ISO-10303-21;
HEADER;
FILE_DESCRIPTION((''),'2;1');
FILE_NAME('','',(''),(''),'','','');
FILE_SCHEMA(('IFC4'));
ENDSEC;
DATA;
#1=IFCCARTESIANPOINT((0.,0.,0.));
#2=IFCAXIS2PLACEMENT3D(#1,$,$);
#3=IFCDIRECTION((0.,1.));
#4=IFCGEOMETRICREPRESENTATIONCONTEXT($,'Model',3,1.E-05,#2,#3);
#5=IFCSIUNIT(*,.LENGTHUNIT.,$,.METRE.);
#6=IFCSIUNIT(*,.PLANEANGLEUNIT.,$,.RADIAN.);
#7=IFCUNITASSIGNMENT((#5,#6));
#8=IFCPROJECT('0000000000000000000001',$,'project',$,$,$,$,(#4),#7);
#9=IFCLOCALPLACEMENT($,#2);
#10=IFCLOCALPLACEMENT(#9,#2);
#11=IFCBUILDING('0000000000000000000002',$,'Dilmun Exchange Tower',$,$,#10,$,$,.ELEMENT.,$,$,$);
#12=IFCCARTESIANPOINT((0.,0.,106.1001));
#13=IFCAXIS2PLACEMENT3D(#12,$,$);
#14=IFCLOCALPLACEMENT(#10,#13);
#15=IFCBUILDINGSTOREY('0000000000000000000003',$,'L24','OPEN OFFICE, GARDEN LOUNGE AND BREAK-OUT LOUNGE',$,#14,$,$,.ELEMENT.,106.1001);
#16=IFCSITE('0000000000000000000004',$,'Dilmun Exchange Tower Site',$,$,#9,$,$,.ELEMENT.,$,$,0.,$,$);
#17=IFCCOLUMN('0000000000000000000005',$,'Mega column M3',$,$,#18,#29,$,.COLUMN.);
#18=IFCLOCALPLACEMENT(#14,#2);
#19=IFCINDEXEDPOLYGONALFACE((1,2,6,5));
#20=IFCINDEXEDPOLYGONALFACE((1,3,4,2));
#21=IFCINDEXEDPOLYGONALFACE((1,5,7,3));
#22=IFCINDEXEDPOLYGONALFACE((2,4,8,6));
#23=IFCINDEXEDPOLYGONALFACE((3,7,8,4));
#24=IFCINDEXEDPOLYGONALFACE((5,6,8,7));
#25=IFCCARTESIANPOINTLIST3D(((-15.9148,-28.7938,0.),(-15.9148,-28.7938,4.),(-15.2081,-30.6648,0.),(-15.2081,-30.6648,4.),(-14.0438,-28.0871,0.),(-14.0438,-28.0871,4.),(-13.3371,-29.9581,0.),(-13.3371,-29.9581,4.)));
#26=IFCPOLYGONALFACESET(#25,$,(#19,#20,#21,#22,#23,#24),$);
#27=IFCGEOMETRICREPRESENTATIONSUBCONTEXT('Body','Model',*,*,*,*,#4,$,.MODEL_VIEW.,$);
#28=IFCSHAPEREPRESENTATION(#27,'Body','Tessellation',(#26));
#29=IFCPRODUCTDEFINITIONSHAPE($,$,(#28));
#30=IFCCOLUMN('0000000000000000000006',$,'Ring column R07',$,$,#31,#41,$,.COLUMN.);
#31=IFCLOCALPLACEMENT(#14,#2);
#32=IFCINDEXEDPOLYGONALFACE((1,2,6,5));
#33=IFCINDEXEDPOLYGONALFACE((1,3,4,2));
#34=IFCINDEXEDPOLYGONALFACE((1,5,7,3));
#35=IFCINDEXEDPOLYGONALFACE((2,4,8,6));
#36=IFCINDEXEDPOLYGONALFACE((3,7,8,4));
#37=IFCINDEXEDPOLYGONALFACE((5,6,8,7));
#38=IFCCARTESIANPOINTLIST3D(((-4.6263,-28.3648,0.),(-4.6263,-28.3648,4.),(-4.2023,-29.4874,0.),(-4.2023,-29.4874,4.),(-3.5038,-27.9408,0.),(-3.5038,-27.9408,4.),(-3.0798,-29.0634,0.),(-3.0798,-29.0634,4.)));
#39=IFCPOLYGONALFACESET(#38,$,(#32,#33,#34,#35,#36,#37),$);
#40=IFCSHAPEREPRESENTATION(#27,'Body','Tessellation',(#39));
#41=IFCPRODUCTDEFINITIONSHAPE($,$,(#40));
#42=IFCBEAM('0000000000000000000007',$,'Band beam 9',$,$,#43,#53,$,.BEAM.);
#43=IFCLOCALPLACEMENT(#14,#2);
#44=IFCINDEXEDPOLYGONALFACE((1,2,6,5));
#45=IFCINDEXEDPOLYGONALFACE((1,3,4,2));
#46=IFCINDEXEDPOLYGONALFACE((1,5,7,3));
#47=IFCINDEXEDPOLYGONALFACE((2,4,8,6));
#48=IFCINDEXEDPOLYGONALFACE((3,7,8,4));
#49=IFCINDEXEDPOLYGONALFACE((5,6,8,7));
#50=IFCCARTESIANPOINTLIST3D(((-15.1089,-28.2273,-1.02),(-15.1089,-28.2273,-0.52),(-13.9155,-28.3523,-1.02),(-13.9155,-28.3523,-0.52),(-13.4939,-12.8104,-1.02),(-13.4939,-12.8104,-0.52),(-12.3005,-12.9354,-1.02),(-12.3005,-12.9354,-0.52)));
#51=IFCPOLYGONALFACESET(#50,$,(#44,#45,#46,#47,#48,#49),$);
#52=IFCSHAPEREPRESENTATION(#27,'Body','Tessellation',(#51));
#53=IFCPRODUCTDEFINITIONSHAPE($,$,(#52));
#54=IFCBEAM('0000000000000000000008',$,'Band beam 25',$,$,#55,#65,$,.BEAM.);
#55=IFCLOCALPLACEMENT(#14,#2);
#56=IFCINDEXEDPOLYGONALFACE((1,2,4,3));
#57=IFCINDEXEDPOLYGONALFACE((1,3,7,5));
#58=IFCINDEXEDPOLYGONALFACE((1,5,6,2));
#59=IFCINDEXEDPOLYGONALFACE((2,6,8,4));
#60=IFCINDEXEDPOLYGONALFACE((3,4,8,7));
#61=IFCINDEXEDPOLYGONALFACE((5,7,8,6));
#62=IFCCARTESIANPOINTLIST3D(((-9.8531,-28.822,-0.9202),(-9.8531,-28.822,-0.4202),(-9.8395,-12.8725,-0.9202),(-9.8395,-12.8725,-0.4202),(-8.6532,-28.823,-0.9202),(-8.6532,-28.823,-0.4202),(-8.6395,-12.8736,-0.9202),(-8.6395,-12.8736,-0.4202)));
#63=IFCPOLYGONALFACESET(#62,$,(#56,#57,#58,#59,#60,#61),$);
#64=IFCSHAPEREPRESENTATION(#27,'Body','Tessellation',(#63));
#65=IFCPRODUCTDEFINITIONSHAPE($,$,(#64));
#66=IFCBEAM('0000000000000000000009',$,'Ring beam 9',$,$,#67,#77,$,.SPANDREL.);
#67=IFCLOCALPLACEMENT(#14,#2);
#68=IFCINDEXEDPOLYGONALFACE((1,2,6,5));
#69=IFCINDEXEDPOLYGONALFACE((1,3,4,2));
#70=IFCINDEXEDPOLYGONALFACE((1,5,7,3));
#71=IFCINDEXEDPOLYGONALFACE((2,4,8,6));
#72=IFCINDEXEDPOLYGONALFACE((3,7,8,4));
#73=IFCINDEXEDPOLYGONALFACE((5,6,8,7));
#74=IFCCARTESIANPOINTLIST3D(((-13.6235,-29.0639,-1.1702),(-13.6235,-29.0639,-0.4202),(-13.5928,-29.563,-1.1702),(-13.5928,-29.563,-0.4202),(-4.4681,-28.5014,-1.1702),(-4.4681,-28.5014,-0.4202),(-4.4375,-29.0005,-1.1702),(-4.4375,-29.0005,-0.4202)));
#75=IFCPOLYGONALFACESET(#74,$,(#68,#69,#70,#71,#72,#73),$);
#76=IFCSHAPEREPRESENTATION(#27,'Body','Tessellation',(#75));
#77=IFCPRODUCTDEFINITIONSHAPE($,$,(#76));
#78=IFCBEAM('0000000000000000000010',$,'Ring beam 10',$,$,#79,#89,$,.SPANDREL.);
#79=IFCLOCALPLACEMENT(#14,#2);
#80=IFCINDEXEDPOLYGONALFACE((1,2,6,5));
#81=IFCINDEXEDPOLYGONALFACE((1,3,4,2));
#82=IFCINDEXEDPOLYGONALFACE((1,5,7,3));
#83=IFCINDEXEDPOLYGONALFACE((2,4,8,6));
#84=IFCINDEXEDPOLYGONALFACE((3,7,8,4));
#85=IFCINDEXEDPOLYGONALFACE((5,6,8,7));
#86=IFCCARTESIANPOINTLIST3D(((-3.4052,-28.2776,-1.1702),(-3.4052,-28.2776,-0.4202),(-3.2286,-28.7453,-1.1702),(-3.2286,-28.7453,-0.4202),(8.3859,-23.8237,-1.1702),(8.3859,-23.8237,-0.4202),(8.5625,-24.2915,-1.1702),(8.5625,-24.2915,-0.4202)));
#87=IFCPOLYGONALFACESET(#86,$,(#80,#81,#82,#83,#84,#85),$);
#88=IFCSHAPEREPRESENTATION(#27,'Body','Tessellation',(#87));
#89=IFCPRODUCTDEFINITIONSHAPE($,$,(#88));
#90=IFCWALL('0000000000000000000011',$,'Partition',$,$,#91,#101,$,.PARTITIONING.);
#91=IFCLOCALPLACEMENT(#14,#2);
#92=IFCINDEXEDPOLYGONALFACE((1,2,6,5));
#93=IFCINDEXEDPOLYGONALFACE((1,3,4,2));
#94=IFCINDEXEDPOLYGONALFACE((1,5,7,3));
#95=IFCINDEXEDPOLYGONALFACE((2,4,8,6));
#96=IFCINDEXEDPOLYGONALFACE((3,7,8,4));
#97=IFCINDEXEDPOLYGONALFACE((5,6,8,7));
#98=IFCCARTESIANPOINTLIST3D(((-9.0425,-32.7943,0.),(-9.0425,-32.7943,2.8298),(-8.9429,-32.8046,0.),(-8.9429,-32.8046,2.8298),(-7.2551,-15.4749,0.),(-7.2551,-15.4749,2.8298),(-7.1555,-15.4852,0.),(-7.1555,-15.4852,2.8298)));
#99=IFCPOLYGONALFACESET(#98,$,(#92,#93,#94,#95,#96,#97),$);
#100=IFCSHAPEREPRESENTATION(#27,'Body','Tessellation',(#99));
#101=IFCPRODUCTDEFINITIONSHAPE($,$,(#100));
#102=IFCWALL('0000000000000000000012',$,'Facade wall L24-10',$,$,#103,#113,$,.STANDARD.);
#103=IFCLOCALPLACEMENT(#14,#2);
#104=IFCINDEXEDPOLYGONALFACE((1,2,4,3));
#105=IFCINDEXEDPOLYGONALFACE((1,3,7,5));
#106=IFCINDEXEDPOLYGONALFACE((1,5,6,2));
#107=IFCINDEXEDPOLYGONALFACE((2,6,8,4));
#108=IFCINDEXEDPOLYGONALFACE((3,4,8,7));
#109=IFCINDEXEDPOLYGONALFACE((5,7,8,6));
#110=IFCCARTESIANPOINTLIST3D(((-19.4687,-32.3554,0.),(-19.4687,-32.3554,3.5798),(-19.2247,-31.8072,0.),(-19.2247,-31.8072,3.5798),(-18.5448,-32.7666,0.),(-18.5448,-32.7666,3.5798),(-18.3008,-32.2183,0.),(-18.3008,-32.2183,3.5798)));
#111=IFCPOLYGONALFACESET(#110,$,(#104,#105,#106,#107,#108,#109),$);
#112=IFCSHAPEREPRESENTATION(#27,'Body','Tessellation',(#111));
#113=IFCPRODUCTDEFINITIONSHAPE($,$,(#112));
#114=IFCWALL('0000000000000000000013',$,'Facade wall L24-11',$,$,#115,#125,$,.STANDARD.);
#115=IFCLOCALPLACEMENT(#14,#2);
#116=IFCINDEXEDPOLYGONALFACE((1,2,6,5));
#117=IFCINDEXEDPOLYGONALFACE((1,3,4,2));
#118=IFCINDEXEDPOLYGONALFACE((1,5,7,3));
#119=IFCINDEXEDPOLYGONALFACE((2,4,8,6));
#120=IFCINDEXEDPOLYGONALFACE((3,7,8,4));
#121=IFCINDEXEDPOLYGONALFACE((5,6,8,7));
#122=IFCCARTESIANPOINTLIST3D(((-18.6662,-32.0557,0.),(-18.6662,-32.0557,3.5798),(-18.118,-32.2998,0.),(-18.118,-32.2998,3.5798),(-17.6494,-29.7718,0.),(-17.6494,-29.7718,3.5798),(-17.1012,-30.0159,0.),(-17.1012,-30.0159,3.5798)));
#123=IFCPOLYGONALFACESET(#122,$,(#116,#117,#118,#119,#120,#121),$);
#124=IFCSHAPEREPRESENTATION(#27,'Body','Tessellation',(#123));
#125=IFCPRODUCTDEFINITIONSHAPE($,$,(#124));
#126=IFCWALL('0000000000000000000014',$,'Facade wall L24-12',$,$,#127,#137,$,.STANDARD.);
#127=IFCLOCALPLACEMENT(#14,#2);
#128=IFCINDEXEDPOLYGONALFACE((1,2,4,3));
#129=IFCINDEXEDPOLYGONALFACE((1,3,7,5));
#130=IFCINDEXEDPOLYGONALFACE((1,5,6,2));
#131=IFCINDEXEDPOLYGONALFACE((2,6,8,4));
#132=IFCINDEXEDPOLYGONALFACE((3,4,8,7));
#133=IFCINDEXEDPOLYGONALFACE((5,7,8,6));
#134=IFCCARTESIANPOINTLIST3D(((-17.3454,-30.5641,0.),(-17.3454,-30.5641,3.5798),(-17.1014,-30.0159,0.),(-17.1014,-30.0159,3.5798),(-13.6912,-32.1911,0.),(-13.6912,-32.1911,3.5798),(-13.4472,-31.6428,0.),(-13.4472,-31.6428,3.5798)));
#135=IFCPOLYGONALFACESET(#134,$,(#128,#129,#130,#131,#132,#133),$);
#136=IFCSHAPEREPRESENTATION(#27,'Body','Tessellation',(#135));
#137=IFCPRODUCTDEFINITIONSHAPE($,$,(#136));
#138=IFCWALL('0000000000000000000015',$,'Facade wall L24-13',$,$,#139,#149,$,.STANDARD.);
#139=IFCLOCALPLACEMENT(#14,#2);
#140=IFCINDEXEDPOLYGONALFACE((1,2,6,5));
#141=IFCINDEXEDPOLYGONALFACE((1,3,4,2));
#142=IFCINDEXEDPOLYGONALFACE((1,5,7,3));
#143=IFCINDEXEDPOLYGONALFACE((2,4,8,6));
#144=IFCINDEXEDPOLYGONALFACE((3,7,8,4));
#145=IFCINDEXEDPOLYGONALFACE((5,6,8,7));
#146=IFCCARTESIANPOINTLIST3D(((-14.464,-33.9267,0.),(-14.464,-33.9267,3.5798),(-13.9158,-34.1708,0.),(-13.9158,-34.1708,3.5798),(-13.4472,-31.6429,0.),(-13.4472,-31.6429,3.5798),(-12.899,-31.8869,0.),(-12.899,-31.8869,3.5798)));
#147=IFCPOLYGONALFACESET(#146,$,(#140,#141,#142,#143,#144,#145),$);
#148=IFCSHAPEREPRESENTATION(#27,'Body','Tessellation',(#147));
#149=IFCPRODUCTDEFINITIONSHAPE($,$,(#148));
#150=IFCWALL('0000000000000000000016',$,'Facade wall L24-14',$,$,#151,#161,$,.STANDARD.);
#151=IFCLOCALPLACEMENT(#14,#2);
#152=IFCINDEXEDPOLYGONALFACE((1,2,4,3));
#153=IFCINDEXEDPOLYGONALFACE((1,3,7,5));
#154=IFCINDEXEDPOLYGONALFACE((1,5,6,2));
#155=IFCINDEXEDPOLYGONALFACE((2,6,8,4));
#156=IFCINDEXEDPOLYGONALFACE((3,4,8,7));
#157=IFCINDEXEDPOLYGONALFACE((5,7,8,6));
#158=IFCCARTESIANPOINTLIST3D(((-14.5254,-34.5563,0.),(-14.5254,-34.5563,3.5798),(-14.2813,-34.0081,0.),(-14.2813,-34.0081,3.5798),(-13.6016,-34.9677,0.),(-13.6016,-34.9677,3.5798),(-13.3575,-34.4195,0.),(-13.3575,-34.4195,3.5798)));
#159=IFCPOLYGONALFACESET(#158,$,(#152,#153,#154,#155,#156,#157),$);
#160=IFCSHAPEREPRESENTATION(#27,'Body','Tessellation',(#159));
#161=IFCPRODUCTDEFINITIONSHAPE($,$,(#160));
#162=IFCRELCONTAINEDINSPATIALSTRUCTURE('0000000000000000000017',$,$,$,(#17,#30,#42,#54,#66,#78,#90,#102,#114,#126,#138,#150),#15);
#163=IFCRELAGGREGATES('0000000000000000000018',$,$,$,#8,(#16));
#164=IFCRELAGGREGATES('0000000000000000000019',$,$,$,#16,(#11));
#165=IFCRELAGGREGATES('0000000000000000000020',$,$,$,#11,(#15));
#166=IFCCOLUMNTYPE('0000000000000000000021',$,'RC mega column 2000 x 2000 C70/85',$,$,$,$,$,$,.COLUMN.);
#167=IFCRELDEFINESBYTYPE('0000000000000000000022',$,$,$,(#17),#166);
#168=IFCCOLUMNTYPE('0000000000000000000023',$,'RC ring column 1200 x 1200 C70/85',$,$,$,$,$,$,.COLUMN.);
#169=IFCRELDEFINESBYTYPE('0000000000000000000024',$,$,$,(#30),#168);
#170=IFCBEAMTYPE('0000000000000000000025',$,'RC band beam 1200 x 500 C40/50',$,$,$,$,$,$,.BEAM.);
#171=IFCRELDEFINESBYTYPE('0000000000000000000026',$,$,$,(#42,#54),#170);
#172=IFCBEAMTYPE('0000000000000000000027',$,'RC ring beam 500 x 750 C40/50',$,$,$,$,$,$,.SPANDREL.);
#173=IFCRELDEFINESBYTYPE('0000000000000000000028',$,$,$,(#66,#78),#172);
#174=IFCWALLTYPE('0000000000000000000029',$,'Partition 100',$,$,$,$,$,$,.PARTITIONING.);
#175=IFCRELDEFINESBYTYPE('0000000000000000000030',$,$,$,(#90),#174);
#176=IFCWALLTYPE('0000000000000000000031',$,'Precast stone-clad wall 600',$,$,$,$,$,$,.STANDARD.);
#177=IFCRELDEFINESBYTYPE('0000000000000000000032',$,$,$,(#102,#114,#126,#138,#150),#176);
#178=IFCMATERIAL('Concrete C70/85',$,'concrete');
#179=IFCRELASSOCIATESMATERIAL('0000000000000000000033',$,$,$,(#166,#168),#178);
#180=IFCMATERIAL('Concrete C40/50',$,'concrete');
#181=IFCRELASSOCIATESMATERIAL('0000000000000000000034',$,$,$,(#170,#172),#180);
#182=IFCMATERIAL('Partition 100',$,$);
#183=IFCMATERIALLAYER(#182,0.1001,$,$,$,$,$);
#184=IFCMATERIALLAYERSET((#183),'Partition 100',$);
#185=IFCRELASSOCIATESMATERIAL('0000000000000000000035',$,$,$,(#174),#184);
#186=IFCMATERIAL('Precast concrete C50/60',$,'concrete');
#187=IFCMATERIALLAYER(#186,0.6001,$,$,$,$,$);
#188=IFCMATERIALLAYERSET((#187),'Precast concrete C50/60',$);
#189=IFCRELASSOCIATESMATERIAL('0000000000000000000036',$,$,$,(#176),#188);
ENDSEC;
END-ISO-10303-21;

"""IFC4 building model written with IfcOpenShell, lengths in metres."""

from ifc_helpers import new_model, si_unit, direction, frame, frame_2d, origin, origin_2d, place, context, subcontext, project, spatial, rectangle, extrude, material, layer, layer_set, material_profile, profile_set, type_object, element, save


model = new_model("IFC4")

# Units and contexts
model_context = context("Model", 3, precision=1e-05, world=origin(), true_north=direction((0.0, 1.0)))
body_context = subcontext(model_context, "Body", "Model", "MODEL_VIEW")
ifc_project = project(units=[si_unit("LENGTHUNIT", "METRE"), si_unit("PLANEANGLEUNIT", "RADIAN")], contexts=[model_context])

# Site, building, storey
site_placement = place(None, origin())
site = spatial("IfcSite", under=ifc_project, at=site_placement, Name="Dilmun Exchange Tower Site", CompositionType="ELEMENT", RefElevation=0.0)
building_placement = place(site_placement, origin())
building = spatial("IfcBuilding", under=site, at=building_placement, Name="Dilmun Exchange Tower", CompositionType="ELEMENT")
storey_placement = place(building_placement, frame((0.0, 0.0, 106.1001)))
storey = spatial("IfcBuildingStorey", under=building, at=storey_placement, Name="L24", Description="OPEN OFFICE, GARDEN LOUNGE AND BREAK-OUT LOUNGE", CompositionType="ELEMENT", Elevation=106.1001)

# Columns
ifc_material_1 = material(Name="Concrete C70/85", Category="concrete")
ifc_material_profile_1 = material_profile(ifc_material_1, rectangle(XDim=2.0, YDim=2.0, at=origin_2d()), Name="2000 x 2000")
ifc_profile_set_1 = profile_set([ifc_material_profile_1], Name="Concrete C70/85")
column_type_1 = type_object("IfcColumnType", Name="RC mega column 2000 x 2000 C70/85", PredefinedType="COLUMN", material=ifc_profile_set_1)
column_1_placement = place(storey_placement, frame((-14.626, -29.376, 0.0), z_axis=(0.0, 0.0, 1.0), x_axis=(0.935492, 0.353349, 0.0)))
element("IfcColumn", 1, at=column_1_placement, inside=storey, type_object=column_type_1, Name="Mega column M3", PredefinedType="COLUMN", context=body_context, shape_type="SweptSolid", body=[
    extrude(rectangle(XDim=2.0, YDim=2.0, at=origin_2d()), origin(), (0.0, 0.0, 1.0), 4.0),
])
ifc_material_profile_2 = material_profile(ifc_material_1, rectangle(XDim=1.2, YDim=1.2, at=origin_2d()), Name="1200 x 1200")
ifc_profile_set_2 = profile_set([ifc_material_profile_2], Name="Concrete C70/85")
column_type_2 = type_object("IfcColumnType", Name="RC ring column 1200 x 1200 C70/85", PredefinedType="COLUMN", material=ifc_profile_set_2)
column_2_placement = place(storey_placement, frame((-3.853, -28.7141, 0.0), z_axis=(0.0, 0.0, 1.0), x_axis=(0.935492, 0.353349, 0.0)))
element("IfcColumn", 2, at=column_2_placement, inside=storey, type_object=column_type_2, Name="Ring column R07", PredefinedType="COLUMN", context=body_context, shape_type="SweptSolid", body=[
    extrude(rectangle(XDim=1.2, YDim=1.2, at=origin_2d()), origin(), (0.0, 0.0, 1.0), 4.0),
])

# Beams
ifc_material_2 = material(Name="Concrete C40/50", Category="concrete")
ifc_material_profile_3 = material_profile(ifc_material_2, rectangle(XDim=1.2, YDim=0.5, at=origin_2d()), Name="1200 x 500")
ifc_profile_set_3 = profile_set([ifc_material_profile_3], Name="Concrete C40/50")
beam_type_1 = type_object("IfcBeamType", Name="RC band beam 1200 x 500 C40/50", PredefinedType="BEAM", material=ifc_profile_set_3)
beam_1_placement = place(storey_placement, frame((-14.5122, -28.2898, -0.77), z_axis=(0.104185, 0.994558, 0.0), x_axis=(-0.994558, 0.104185, 0.0)))
element("IfcBeam", 3, at=beam_1_placement, inside=storey, type_object=beam_type_1, Name="Band beam 9", PredefinedType="BEAM", context=body_context, shape_type="SweptSolid", body=[
    extrude(rectangle(XDim=1.2, YDim=0.5, at=origin_2d()), origin(), (0.0, 0.0, 1.0), 15.5012),
])
beam_2_placement = place(storey_placement, frame((-9.2532, -28.8225, -0.6702), z_axis=(0.000857, 1.0, 0.0), x_axis=(-1.0, 0.000857, 0.0)))
element("IfcBeam", 4, at=beam_2_placement, inside=storey, type_object=beam_type_1, Name="Band beam 25", PredefinedType="BEAM", context=body_context, shape_type="SweptSolid", body=[
    extrude(rectangle(XDim=1.2, YDim=0.5, at=origin_2d()), origin(), (0.0, 0.0, 1.0), 15.9495),
])
ifc_material_profile_4 = material_profile(ifc_material_2, rectangle(XDim=0.5, YDim=0.75, at=origin_2d()), Name="500 x 750")
ifc_profile_set_4 = profile_set([ifc_material_profile_4], Name="Concrete C40/50")
beam_type_2 = type_object("IfcBeamType", Name="RC ring beam 500 x 750 C40/50", PredefinedType="SPANDREL", material=ifc_profile_set_4)
beam_3_placement = place(storey_placement, frame((-13.6082, -29.3135, -0.7952), z_axis=(0.998118, 0.061324, 0.0), x_axis=(-0.061324, 0.998118, 0.0)))
element("IfcBeam", 5, at=beam_3_placement, inside=storey, type_object=beam_type_2, Name="Ring beam 9", PredefinedType="SPANDREL", context=body_context, shape_type="SweptSolid", body=[
    extrude(rectangle(XDim=0.5, YDim=0.75, at=origin_2d()), origin(), (0.0, 0.0, 1.0), 9.1726),
])
beam_4_placement = place(storey_placement, frame((-3.3169, -28.5115, -0.7952), z_axis=(0.935486, 0.353364, 0.0), x_axis=(-0.353364, 0.935486, 0.0)))
element("IfcBeam", 6, at=beam_4_placement, inside=storey, type_object=beam_type_2, Name="Ring beam 10", PredefinedType="SPANDREL", context=body_context, shape_type="SweptSolid", body=[
    extrude(rectangle(XDim=0.5, YDim=0.75, at=origin_2d()), origin(), (0.0, 0.0, 1.0), 12.6042),
])

# Walls
ifc_material_3 = material(Name="Partition 100")
ifc_layer_1 = layer(ifc_material_3, 0.1001)
ifc_layer_set_1 = layer_set([ifc_layer_1], Name="Partition 100")
wall_type_1 = type_object("IfcWallType", Name="Partition 100", PredefinedType="PARTITIONING", material=ifc_layer_set_1)
wall_1_placement = place(storey_placement, frame((-8.9927, -32.7993, 0.0), z_axis=(0.0, 0.0, 1.0), x_axis=(0.102655, 0.994717, 0.0)))
element("IfcWall", 7, at=wall_1_placement, inside=storey, type_object=wall_type_1, Name="Partition", PredefinedType="PARTITIONING", context=body_context, shape_type="SweptSolid", body=[
    extrude(rectangle(XDim=17.4114, YDim=0.1001, at=frame_2d((8.7056, 0.0))), origin(), (0.0, 0.0, 1.0), 2.8298),
])
ifc_material_4 = material(Name="Precast concrete C50/60", Category="concrete")
ifc_layer_2 = layer(ifc_material_4, 0.6001)
ifc_layer_set_2 = layer_set([ifc_layer_2], Name="Precast concrete C50/60")
wall_type_2 = type_object("IfcWallType", Name="Precast stone-clad wall 600", PredefinedType="STANDARD", material=ifc_layer_set_2)
wall_2_placement = place(storey_placement, frame((-19.3467, -32.0813, 0.0), z_axis=(0.0, 0.0, 1.0), x_axis=(0.913612, -0.406586, 0.0)))
element("IfcWall", 8, at=wall_2_placement, inside=storey, type_object=wall_type_2, Name="Facade wall L24-10", PredefinedType="STANDARD", context=body_context, shape_type="SweptSolid", body=[
    extrude(rectangle(XDim=1.0112, YDim=0.6001, at=frame_2d((0.5056, 0.0))), origin(), (0.0, 0.0, 1.0), 3.5798),
])
wall_3_placement = place(storey_placement, frame((-18.3921, -32.1777, 0.0), z_axis=(0.0, 0.0, 1.0), x_axis=(0.406727, 0.91355, 0.0)))
element("IfcWall", 9, at=wall_3_placement, inside=storey, type_object=wall_type_2, Name="Facade wall L24-11", PredefinedType="STANDARD", context=body_context, shape_type="SweptSolid", body=[
    extrude(rectangle(XDim=2.5, YDim=0.6001, at=frame_2d((1.25, 0.0))), origin(), (0.0, 0.0, 1.0), 3.5798),
])
wall_4_placement = place(storey_placement, frame((-17.2234, -30.29, 0.0), z_axis=(0.0, 0.0, 1.0), x_axis=(0.91355, -0.406727, 0.0)))
element("IfcWall", 10, at=wall_4_placement, inside=storey, type_object=wall_type_2, Name="Facade wall L24-12", PredefinedType="STANDARD", context=body_context, shape_type="SweptSolid", body=[
    extrude(rectangle(XDim=4.0, YDim=0.6001, at=frame_2d((2.0, 0.0))), origin(), (0.0, 0.0, 1.0), 3.5798),
])
wall_5_placement = place(storey_placement, frame((-13.1731, -31.7649, 0.0), z_axis=(0.0, 0.0, 1.0), x_axis=(-0.406727, -0.91355, 0.0)))
element("IfcWall", 11, at=wall_5_placement, inside=storey, type_object=wall_type_2, Name="Facade wall L24-13", PredefinedType="STANDARD", context=body_context, shape_type="SweptSolid", body=[
    extrude(rectangle(XDim=2.5, YDim=0.6001, at=frame_2d((1.25, 0.0))), origin(), (0.0, 0.0, 1.0), 3.5798),
])
wall_6_placement = place(storey_placement, frame((-14.4033, -34.2822, 0.0), z_axis=(0.0, 0.0, 1.0), x_axis=(0.913523, -0.406788, 0.0)))
element("IfcWall", 12, at=wall_6_placement, inside=storey, type_object=wall_type_2, Name="Facade wall L24-14", PredefinedType="STANDARD", context=body_context, shape_type="SweptSolid", body=[
    extrude(rectangle(XDim=1.0112, YDim=0.6001, at=frame_2d((0.5056, 0.0))), origin(), (0.0, 0.0, 1.0), 3.5798),
])

save(model, "model.ifc")
